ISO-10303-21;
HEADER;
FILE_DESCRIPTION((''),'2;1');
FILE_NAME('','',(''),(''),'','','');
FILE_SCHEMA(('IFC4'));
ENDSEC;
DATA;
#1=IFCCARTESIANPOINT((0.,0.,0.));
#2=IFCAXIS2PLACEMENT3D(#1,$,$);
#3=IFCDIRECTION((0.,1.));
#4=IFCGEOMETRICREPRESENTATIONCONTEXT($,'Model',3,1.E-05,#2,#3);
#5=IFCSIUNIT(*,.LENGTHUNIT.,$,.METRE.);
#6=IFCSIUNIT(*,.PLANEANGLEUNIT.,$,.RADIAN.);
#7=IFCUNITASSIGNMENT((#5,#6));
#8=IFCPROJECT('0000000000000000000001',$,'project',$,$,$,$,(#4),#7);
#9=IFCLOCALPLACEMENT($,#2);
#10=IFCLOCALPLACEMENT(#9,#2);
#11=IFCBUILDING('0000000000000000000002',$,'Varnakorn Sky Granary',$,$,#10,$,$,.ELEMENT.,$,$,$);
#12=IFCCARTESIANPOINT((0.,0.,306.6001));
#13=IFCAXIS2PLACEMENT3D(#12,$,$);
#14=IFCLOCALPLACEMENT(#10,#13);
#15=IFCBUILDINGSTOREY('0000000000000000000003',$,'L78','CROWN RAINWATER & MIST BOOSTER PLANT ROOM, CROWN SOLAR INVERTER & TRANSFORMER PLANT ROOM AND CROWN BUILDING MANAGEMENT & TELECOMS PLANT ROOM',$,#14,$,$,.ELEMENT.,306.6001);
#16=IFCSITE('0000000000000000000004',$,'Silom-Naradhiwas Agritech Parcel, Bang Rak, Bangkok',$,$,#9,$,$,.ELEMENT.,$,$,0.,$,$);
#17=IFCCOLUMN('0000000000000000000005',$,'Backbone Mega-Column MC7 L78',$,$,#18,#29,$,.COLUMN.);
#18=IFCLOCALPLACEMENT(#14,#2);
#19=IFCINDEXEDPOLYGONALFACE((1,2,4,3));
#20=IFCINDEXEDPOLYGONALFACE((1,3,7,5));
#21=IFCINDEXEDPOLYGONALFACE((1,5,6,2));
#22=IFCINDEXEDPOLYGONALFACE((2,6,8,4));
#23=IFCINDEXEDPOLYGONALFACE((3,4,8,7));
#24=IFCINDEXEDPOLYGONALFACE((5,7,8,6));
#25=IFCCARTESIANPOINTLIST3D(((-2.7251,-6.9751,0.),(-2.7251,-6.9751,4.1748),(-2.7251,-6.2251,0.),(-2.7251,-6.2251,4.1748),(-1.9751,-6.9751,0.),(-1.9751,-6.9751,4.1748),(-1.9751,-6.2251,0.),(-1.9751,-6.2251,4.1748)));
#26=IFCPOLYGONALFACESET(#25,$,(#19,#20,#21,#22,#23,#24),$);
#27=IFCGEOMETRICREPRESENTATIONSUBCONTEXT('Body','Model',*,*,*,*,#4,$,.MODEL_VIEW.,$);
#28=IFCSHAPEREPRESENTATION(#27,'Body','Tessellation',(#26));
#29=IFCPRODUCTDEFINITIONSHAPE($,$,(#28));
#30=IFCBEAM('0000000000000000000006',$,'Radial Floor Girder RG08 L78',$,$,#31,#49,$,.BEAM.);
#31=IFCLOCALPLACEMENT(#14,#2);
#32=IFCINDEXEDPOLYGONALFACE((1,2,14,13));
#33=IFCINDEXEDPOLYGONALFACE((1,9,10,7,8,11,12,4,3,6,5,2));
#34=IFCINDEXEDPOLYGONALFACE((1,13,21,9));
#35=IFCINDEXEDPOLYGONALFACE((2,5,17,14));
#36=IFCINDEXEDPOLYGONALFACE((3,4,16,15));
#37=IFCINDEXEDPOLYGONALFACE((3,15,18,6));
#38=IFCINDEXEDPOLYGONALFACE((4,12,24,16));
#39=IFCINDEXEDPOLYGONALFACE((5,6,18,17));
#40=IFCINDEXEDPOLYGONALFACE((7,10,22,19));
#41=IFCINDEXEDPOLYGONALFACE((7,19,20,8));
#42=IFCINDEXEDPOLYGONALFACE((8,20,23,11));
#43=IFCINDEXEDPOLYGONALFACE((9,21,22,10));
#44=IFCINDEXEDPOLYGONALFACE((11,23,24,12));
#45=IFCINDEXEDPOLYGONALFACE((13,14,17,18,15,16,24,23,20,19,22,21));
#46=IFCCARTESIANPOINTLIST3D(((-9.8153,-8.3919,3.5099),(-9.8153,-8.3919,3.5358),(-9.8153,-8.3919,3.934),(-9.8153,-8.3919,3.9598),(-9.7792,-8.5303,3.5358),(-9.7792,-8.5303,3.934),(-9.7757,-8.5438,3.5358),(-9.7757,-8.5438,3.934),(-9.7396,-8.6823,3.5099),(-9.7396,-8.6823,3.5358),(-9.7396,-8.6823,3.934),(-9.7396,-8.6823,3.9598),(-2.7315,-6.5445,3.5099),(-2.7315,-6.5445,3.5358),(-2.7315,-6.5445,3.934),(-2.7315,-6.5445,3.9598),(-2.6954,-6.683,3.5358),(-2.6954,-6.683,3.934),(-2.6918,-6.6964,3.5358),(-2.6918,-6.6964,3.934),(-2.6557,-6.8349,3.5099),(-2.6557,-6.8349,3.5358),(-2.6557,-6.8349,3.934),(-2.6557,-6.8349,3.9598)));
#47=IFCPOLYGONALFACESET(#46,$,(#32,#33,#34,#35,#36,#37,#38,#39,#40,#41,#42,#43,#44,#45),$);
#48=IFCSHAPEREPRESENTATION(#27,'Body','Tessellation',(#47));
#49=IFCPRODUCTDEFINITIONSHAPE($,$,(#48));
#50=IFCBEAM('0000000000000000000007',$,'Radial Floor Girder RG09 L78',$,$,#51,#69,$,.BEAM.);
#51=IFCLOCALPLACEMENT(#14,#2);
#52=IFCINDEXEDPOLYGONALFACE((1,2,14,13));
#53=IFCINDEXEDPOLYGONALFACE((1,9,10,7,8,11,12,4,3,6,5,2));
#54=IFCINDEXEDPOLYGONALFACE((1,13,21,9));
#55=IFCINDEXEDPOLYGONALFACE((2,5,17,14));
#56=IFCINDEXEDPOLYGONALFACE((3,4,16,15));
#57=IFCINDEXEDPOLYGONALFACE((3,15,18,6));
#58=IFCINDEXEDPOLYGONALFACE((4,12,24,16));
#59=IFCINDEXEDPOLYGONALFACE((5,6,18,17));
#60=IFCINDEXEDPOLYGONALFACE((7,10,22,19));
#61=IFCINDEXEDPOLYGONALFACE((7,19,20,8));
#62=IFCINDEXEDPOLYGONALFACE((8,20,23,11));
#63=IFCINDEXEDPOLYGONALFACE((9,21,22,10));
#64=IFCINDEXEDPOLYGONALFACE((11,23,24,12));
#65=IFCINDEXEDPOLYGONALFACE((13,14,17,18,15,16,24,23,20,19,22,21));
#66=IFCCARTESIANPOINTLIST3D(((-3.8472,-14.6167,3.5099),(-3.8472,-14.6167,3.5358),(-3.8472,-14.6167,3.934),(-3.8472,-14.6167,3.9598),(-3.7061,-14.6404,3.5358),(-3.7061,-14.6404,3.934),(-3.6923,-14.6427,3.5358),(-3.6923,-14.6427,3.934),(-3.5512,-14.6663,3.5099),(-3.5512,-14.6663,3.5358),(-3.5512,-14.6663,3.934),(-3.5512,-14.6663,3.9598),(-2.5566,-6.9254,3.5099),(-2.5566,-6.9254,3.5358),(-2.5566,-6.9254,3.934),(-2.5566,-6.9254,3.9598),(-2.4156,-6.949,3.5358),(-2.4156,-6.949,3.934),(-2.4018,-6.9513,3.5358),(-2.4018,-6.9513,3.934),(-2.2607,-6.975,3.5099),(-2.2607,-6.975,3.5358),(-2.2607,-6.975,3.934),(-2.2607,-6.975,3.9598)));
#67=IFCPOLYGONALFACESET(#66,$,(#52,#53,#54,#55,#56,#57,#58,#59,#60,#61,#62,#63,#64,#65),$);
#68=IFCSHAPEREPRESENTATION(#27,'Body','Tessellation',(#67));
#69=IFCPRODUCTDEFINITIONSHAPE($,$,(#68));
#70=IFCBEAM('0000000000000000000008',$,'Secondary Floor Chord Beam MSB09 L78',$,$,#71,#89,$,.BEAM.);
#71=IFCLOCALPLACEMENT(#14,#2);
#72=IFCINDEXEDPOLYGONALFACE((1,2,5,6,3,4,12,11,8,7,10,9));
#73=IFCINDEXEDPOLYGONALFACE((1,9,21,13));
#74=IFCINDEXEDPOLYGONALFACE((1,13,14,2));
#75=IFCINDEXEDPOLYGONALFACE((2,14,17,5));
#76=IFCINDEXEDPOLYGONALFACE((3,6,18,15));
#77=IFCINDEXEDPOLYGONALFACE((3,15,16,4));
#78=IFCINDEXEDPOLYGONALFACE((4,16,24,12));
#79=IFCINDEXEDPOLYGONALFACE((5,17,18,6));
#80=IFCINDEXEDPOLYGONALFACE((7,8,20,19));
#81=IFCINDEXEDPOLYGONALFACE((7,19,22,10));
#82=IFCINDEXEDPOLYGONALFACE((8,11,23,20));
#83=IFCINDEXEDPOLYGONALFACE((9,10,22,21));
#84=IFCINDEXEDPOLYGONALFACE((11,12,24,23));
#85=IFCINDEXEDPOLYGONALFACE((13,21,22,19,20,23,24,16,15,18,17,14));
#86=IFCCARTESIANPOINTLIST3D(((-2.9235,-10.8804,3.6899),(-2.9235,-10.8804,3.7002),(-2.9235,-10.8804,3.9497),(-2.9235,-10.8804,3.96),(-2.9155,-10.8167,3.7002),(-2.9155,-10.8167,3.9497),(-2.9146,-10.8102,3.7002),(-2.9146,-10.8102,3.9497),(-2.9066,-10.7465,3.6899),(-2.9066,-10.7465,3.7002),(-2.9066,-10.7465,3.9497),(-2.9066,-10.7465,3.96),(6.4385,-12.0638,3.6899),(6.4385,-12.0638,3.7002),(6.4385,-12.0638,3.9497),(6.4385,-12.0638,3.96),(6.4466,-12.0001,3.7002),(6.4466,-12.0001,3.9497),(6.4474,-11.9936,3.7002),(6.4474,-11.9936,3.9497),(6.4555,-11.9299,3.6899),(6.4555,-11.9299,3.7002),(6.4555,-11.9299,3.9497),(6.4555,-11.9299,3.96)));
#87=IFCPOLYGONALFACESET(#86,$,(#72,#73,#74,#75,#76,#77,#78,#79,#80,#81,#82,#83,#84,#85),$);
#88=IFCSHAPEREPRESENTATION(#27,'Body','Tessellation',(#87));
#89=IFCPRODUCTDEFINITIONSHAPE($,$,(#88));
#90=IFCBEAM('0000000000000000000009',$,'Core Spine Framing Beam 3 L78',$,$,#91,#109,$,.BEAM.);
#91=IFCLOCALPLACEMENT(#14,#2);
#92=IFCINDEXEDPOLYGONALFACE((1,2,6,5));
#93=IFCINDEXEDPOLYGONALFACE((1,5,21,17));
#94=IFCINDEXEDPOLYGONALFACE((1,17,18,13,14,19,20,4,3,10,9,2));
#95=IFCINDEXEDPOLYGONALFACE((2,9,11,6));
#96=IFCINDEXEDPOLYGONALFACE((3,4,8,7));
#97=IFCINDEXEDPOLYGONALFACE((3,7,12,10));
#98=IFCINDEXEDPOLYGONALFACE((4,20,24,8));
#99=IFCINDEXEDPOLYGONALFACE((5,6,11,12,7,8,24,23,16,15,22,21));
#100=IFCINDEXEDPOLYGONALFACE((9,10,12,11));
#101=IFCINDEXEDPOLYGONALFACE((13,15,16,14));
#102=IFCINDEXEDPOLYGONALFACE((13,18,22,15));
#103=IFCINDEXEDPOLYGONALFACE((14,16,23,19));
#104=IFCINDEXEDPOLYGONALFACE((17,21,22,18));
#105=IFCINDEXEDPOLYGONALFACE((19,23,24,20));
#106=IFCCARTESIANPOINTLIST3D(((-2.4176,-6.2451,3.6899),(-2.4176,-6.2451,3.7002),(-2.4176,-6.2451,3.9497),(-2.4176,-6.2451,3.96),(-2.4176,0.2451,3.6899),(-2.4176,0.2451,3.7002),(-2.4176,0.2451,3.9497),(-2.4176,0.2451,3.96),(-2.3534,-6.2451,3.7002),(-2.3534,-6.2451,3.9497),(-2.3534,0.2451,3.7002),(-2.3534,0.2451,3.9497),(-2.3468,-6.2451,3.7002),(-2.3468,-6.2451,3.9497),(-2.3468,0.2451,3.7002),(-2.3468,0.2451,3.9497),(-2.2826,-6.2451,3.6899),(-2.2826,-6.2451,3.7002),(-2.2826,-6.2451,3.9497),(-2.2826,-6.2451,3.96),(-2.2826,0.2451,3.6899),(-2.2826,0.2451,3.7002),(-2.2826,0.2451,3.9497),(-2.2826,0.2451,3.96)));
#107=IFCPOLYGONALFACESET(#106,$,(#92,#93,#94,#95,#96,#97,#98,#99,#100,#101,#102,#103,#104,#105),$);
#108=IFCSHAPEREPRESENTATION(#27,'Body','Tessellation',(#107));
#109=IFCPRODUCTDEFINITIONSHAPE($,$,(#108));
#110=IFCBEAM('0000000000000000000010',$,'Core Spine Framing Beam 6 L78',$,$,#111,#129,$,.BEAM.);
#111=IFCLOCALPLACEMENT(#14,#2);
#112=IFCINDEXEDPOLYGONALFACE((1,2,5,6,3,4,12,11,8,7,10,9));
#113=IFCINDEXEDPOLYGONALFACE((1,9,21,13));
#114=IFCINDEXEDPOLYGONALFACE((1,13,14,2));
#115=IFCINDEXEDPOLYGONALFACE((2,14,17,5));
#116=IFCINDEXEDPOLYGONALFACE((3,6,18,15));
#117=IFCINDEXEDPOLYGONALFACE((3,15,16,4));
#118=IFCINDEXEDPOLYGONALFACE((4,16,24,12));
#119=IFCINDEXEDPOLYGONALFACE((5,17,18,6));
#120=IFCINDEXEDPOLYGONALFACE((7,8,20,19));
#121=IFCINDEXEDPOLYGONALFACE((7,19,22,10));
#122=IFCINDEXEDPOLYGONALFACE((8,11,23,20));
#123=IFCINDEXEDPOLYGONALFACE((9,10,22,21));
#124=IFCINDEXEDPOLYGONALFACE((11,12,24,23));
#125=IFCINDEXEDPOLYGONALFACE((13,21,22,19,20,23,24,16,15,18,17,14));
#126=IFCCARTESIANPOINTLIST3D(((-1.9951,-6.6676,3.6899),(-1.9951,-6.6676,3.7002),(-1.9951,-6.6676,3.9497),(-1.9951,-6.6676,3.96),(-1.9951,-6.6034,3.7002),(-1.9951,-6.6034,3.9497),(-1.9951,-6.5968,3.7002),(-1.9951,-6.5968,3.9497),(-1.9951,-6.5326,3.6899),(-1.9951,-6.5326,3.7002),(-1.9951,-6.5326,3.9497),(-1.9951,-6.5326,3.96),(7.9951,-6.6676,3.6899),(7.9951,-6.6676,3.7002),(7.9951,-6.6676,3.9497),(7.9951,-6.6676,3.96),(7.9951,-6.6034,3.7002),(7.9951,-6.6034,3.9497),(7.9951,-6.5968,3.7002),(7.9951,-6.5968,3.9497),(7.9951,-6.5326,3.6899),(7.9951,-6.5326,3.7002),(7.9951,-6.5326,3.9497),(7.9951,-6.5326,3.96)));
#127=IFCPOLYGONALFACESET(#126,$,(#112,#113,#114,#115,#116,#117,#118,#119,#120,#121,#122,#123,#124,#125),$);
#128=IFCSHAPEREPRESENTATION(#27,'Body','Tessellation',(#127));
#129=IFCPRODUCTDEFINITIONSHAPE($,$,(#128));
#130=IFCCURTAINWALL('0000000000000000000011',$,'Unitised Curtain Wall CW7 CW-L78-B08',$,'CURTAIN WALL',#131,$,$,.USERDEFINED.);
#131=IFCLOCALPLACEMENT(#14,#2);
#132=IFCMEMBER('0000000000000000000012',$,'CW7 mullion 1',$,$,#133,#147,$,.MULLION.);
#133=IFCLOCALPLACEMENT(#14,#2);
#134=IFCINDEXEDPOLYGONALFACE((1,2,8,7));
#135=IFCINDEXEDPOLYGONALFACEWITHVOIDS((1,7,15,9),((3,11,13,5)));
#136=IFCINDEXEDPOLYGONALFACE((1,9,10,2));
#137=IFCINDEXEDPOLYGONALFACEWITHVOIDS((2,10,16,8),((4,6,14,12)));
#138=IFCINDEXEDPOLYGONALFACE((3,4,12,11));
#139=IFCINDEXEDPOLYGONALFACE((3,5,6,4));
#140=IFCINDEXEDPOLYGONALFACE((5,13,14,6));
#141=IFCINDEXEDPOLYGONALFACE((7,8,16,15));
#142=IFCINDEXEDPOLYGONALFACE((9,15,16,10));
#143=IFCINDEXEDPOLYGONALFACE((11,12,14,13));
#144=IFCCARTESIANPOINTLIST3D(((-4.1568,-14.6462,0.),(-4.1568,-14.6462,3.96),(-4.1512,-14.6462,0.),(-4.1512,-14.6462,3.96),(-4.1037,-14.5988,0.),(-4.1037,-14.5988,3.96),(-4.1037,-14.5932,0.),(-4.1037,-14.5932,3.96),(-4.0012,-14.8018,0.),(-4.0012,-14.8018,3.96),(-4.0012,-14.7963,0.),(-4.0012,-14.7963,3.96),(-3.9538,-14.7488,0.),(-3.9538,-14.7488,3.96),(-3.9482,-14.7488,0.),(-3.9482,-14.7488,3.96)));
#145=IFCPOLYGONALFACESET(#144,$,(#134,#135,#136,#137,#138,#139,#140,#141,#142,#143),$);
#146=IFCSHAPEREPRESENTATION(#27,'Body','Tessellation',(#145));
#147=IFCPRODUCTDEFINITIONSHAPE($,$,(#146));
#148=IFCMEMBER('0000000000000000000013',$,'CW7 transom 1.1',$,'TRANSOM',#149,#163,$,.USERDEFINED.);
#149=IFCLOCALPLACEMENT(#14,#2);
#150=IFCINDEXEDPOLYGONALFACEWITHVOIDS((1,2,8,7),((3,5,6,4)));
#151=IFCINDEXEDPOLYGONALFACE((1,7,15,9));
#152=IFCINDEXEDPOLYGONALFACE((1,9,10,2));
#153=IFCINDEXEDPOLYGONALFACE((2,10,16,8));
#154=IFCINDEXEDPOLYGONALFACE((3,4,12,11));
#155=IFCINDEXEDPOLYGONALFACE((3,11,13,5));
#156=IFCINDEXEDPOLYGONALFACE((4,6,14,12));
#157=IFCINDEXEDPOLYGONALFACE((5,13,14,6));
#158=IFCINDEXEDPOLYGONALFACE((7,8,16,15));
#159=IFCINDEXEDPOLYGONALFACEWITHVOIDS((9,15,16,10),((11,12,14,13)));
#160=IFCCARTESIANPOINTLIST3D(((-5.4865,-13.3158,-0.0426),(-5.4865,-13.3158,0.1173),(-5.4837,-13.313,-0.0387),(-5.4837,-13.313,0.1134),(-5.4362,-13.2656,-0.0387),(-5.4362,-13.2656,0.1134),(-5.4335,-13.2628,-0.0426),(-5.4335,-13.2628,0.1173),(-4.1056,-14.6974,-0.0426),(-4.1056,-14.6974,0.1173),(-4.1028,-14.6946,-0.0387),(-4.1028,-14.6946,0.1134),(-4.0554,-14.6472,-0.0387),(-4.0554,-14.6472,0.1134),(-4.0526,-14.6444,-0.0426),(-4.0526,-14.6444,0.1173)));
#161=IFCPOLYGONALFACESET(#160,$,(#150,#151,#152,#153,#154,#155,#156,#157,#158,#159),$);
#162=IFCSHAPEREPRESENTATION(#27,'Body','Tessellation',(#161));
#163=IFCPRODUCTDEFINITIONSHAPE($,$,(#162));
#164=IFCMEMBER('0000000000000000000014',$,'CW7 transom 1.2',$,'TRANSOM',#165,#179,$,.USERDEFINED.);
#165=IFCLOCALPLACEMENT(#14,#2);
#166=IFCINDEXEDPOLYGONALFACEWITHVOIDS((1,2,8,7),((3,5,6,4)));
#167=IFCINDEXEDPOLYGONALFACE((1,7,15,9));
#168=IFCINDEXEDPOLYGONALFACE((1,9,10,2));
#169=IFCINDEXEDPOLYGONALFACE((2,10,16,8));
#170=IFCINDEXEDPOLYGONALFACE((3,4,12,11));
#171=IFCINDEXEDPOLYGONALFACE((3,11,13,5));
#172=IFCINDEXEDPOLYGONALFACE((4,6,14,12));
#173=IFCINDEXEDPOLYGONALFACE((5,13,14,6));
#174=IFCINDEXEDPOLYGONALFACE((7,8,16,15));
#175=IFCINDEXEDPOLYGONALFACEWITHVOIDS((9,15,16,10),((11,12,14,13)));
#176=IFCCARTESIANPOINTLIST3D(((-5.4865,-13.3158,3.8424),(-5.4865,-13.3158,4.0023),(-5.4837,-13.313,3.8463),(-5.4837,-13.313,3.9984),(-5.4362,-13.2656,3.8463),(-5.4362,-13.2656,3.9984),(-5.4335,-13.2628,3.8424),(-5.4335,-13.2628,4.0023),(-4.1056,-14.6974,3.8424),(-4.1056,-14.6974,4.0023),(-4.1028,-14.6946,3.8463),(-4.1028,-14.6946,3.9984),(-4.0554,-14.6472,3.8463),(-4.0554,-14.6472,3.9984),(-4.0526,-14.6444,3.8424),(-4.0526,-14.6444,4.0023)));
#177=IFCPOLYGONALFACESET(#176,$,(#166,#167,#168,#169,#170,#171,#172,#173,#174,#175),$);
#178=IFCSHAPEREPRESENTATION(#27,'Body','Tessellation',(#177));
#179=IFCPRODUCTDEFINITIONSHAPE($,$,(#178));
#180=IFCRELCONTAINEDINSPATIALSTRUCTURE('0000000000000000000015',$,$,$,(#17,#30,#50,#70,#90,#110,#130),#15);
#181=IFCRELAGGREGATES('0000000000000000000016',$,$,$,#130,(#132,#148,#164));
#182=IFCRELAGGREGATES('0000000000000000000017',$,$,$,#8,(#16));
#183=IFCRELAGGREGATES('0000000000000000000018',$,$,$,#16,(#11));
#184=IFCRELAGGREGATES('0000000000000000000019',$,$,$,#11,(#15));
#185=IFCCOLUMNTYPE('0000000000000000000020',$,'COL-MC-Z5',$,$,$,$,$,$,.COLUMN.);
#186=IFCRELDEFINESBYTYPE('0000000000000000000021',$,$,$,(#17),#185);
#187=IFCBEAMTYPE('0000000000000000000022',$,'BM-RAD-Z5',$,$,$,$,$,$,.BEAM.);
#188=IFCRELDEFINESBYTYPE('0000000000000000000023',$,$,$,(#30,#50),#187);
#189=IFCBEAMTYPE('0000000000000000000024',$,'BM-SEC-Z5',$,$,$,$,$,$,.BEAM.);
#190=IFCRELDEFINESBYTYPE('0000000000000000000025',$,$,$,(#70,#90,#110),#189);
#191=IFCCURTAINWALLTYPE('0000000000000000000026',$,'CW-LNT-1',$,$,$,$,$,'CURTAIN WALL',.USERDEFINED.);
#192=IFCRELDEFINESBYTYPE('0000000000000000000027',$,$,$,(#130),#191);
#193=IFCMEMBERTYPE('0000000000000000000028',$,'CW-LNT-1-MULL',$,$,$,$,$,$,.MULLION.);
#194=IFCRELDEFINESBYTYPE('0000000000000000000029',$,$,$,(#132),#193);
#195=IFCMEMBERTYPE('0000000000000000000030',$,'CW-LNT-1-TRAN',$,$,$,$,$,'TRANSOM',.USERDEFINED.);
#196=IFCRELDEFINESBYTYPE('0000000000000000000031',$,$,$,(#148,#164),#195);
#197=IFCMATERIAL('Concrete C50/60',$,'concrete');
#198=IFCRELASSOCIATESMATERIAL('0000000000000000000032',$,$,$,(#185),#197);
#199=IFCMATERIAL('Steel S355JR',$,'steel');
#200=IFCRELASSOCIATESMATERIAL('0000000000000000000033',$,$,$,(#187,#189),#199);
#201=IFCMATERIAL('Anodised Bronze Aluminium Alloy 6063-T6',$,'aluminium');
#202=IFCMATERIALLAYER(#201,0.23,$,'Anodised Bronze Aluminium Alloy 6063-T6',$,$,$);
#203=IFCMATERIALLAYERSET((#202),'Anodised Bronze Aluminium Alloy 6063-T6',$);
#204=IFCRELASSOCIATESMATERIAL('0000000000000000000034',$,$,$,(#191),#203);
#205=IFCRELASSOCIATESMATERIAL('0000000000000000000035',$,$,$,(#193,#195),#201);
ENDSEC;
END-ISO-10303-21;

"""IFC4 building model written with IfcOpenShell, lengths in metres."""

from ifc_helpers import new_model, si_unit, direction, frame, origin, origin_2d, place, context, subcontext, project, spatial, rectangle, hollow_rectangle, i_section, extrude, material, layer, layer_set, material_profile, profile_set, type_object, element, aggregate, save


model = new_model("IFC4")

# Units and contexts
model_context = context("Model", 3, precision=1e-05, world=origin(), true_north=direction((0.0, 1.0)))
body_context = subcontext(model_context, "Body", "Model", "MODEL_VIEW")
ifc_project = project(units=[si_unit("LENGTHUNIT", "METRE"), si_unit("PLANEANGLEUNIT", "RADIAN")], contexts=[model_context])

# Site, building, storey
site_placement = place(None, origin())
site = spatial("IfcSite", under=ifc_project, at=site_placement, Name="Silom-Naradhiwas Agritech Parcel, Bang Rak, Bangkok", CompositionType="ELEMENT", RefElevation=0.0)
building_placement = place(site_placement, origin())
building = spatial("IfcBuilding", under=site, at=building_placement, Name="Varnakorn Sky Granary", CompositionType="ELEMENT")
storey_placement = place(building_placement, frame((0.0, 0.0, 306.6001)))
storey = spatial("IfcBuildingStorey", under=building, at=storey_placement, Name="L78", Description="CROWN RAINWATER & MIST BOOSTER PLANT ROOM, CROWN SOLAR INVERTER & TRANSFORMER PLANT ROOM AND CROWN BUILDING MANAGEMENT & TELECOMS PLANT ROOM", CompositionType="ELEMENT", Elevation=306.6001)

# Column
ifc_material_1 = material(Name="Concrete C50/60", Category="concrete")
ifc_material_profile_1 = material_profile(ifc_material_1, rectangle(XDim=0.75, YDim=0.75, at=origin_2d()), Name="RC 750x750")
ifc_profile_set_1 = profile_set([ifc_material_profile_1], Name="Concrete C50/60")
column_type = type_object("IfcColumnType", Name="COL-MC-Z5", PredefinedType="COLUMN", material=ifc_profile_set_1)
column_placement = place(storey_placement, frame((-2.3501, -6.6001, 0.0), z_axis=(0.0, 0.0, 1.0), x_axis=(1.0, 0.0, 0.0)))
element("IfcColumn", 1, at=column_placement, inside=storey, type_object=column_type, Name="Backbone Mega-Column MC7 L78", PredefinedType="COLUMN", context=body_context, shape_type="SweptSolid", body=[
    extrude(rectangle(XDim=0.75, YDim=0.75, at=origin_2d()), origin(), (0.0, 0.0, 1.0), 4.1748),
])

# Beams
ifc_material_2 = material(Name="Steel S355JR", Category="steel")
ifc_material_profile_2 = material_profile(ifc_material_2, i_section(OverallWidth=0.3, OverallDepth=0.45, WebThickness=0.0139, FlangeThickness=0.0259, at=origin_2d()), Name="HE 450 B")
ifc_profile_set_2 = profile_set([ifc_material_profile_2], Name="Steel S355JR")
beam_type_1 = type_object("IfcBeamType", Name="BM-RAD-Z5", PredefinedType="BEAM", material=ifc_profile_set_2)
beam_1_placement = place(storey_placement, frame((-2.6936, -6.6897, 3.7349), z_axis=(-0.967637, -0.252347, 0.0), x_axis=(0.252347, -0.967637, 0.0)))
element("IfcBeam", 2, at=beam_1_placement, inside=storey, type_object=beam_type_1, Name="Radial Floor Girder RG08 L78", PredefinedType="BEAM", context=body_context, shape_type="SweptSolid", body=[
    extrude(i_section(OverallWidth=0.3, OverallDepth=0.45, WebThickness=0.0139, FlangeThickness=0.0259, at=origin_2d()), origin(), (0.0, 0.0, 1.0), 7.3208),
])
beam_2_placement = place(storey_placement, frame((-2.4087, -6.9502, 3.7349), z_axis=(-0.165475, -0.986214, 0.0), x_axis=(0.986214, -0.165475, 0.0)))
element("IfcBeam", 3, at=beam_2_placement, inside=storey, type_object=beam_type_1, Name="Radial Floor Girder RG09 L78", PredefinedType="BEAM", context=body_context, shape_type="SweptSolid", body=[
    extrude(i_section(OverallWidth=0.3, OverallDepth=0.45, WebThickness=0.0139, FlangeThickness=0.0259, at=origin_2d()), origin(), (0.0, 0.0, 1.0), 7.7988),
])
ifc_material_profile_3 = material_profile(ifc_material_2, i_section(OverallWidth=0.135, OverallDepth=0.27, WebThickness=0.0066, FlangeThickness=0.0103, at=origin_2d()), Name="IPE 270")
ifc_profile_set_3 = profile_set([ifc_material_profile_3], Name="Steel S355JR")
beam_type_2 = type_object("IfcBeamType", Name="BM-SEC-Z5", PredefinedType="BEAM", material=ifc_profile_set_3)
beam_3_placement = place(storey_placement, frame((-2.915, -10.8135, 3.825), z_axis=(0.992106, -0.125401, 0.0), x_axis=(0.125401, 0.992106, 0.0)))
element("IfcBeam", 4, at=beam_3_placement, inside=storey, type_object=beam_type_2, Name="Secondary Floor Chord Beam MSB09 L78", PredefinedType="BEAM", context=body_context, shape_type="SweptSolid", body=[
    extrude(i_section(OverallWidth=0.135, OverallDepth=0.27, WebThickness=0.0066, FlangeThickness=0.0103, at=origin_2d()), origin(), (0.0, 0.0, 1.0), 9.4365),
])
beam_4_placement = place(storey_placement, frame((-2.3501, 0.2451, 3.825), z_axis=(0.0, -1.0, 0.0), x_axis=(1.0, 0.0, 0.0)))
element("IfcBeam", 5, at=beam_4_placement, inside=storey, type_object=beam_type_2, Name="Core Spine Framing Beam 3 L78", PredefinedType="BEAM", context=body_context, shape_type="SweptSolid", body=[
    extrude(i_section(OverallWidth=0.135, OverallDepth=0.27, WebThickness=0.0066, FlangeThickness=0.0103, at=origin_2d()), origin(), (0.0, 0.0, 1.0), 6.4902),
])
beam_5_placement = place(storey_placement, frame((-1.9951, -6.6001, 3.825), z_axis=(1.0, 0.0, 0.0), x_axis=(0.0, 1.0, 0.0)))
element("IfcBeam", 6, at=beam_5_placement, inside=storey, type_object=beam_type_2, Name="Core Spine Framing Beam 6 L78", PredefinedType="BEAM", context=body_context, shape_type="SweptSolid", body=[
    extrude(i_section(OverallWidth=0.135, OverallDepth=0.27, WebThickness=0.0066, FlangeThickness=0.0103, at=origin_2d()), origin(), (0.0, 0.0, 1.0), 9.9902),
])

# Curtain wall, members
ifc_material_3 = material(Name="Anodised Bronze Aluminium Alloy 6063-T6", Category="aluminium")
ifc_layer_1 = layer(ifc_material_3, 0.23, Name="Anodised Bronze Aluminium Alloy 6063-T6")
ifc_layer_set_1 = layer_set([ifc_layer_1], Name="Anodised Bronze Aluminium Alloy 6063-T6")
curtain_wall_type = type_object("IfcCurtainWallType", Name="CW-LNT-1", ElementType="CURTAIN WALL", PredefinedType="USERDEFINED", material=ifc_layer_set_1)
curtain_wall_placement = place(storey_placement, origin())
curtain_wall = element("IfcCurtainWall", 7, at=curtain_wall_placement, inside=storey, type_object=curtain_wall_type, Name="Unitised Curtain Wall CW7 CW-L78-B08", ObjectType="CURTAIN WALL", PredefinedType="USERDEFINED")
ifc_material_profile_4 = material_profile(ifc_material_3, hollow_rectangle(XDim=0.075, YDim=0.22, WallThickness=0.0039, at=origin_2d()), Name="ALU MULL 75x220")
ifc_profile_set_4 = profile_set([ifc_material_profile_4], Name="Anodised Bronze Aluminium Alloy 6063-T6")
member_type_1 = type_object("IfcMemberType", Name="CW-LNT-1-MULL", PredefinedType="MULLION", material=ifc_profile_set_4)
member_1_placement = place(storey_placement, frame((-4.0525, -14.6975, 0.0), z_axis=(0.0, 0.0, 1.0), x_axis=(-0.707252, -0.706962, 0.0)))
member_1 = element("IfcMember", 8, at=member_1_placement, type_object=member_type_1, Name="CW7 mullion 1", PredefinedType="MULLION", context=body_context, shape_type="SweptSolid", body=[
    extrude(hollow_rectangle(XDim=0.075, YDim=0.22, WallThickness=0.0039, at=origin_2d()), origin(), (0.0, 0.0, 1.0), 3.96),
])
ifc_material_profile_5 = material_profile(ifc_material_3, hollow_rectangle(XDim=0.075, YDim=0.1599, WallThickness=0.0039, at=origin_2d()), Name="ALU TRAN 75x160")
ifc_profile_set_5 = profile_set([ifc_material_profile_5], Name="Anodised Bronze Aluminium Alloy 6063-T6")
member_type_2 = type_object("IfcMemberType", Name="CW-LNT-1-TRAN", ElementType="TRANSOM", PredefinedType="USERDEFINED", material=ifc_profile_set_5)
member_2_placement = place(storey_placement, frame((-4.0791, -14.6709, 0.0374), z_axis=(-0.706919, 0.707294, 0.0), x_axis=(-0.707294, -0.706919, 0.0)))
member_2 = element("IfcMember", 9, at=member_2_placement, type_object=member_type_2, Name="CW7 transom 1.1", ObjectType="TRANSOM", PredefinedType="USERDEFINED", context=body_context, shape_type="SweptSolid", body=[
    extrude(hollow_rectangle(XDim=0.075, YDim=0.1599, WallThickness=0.0039, at=origin_2d()), origin(), (0.0, 0.0, 1.0), 1.9534),
])
member_3_placement = place(storey_placement, frame((-4.0791, -14.6709, 3.9224), z_axis=(-0.706919, 0.707294, 0.0), x_axis=(-0.707294, -0.706919, 0.0)))
member_3 = element("IfcMember", 10, at=member_3_placement, type_object=member_type_2, Name="CW7 transom 1.2", ObjectType="TRANSOM", PredefinedType="USERDEFINED", context=body_context, shape_type="SweptSolid", body=[
    extrude(hollow_rectangle(XDim=0.075, YDim=0.1599, WallThickness=0.0039, at=origin_2d()), origin(), (0.0, 0.0, 1.0), 1.9534),
])
aggregate(curtain_wall, [member_1, member_2, member_3])

save(model, "model.ifc")
